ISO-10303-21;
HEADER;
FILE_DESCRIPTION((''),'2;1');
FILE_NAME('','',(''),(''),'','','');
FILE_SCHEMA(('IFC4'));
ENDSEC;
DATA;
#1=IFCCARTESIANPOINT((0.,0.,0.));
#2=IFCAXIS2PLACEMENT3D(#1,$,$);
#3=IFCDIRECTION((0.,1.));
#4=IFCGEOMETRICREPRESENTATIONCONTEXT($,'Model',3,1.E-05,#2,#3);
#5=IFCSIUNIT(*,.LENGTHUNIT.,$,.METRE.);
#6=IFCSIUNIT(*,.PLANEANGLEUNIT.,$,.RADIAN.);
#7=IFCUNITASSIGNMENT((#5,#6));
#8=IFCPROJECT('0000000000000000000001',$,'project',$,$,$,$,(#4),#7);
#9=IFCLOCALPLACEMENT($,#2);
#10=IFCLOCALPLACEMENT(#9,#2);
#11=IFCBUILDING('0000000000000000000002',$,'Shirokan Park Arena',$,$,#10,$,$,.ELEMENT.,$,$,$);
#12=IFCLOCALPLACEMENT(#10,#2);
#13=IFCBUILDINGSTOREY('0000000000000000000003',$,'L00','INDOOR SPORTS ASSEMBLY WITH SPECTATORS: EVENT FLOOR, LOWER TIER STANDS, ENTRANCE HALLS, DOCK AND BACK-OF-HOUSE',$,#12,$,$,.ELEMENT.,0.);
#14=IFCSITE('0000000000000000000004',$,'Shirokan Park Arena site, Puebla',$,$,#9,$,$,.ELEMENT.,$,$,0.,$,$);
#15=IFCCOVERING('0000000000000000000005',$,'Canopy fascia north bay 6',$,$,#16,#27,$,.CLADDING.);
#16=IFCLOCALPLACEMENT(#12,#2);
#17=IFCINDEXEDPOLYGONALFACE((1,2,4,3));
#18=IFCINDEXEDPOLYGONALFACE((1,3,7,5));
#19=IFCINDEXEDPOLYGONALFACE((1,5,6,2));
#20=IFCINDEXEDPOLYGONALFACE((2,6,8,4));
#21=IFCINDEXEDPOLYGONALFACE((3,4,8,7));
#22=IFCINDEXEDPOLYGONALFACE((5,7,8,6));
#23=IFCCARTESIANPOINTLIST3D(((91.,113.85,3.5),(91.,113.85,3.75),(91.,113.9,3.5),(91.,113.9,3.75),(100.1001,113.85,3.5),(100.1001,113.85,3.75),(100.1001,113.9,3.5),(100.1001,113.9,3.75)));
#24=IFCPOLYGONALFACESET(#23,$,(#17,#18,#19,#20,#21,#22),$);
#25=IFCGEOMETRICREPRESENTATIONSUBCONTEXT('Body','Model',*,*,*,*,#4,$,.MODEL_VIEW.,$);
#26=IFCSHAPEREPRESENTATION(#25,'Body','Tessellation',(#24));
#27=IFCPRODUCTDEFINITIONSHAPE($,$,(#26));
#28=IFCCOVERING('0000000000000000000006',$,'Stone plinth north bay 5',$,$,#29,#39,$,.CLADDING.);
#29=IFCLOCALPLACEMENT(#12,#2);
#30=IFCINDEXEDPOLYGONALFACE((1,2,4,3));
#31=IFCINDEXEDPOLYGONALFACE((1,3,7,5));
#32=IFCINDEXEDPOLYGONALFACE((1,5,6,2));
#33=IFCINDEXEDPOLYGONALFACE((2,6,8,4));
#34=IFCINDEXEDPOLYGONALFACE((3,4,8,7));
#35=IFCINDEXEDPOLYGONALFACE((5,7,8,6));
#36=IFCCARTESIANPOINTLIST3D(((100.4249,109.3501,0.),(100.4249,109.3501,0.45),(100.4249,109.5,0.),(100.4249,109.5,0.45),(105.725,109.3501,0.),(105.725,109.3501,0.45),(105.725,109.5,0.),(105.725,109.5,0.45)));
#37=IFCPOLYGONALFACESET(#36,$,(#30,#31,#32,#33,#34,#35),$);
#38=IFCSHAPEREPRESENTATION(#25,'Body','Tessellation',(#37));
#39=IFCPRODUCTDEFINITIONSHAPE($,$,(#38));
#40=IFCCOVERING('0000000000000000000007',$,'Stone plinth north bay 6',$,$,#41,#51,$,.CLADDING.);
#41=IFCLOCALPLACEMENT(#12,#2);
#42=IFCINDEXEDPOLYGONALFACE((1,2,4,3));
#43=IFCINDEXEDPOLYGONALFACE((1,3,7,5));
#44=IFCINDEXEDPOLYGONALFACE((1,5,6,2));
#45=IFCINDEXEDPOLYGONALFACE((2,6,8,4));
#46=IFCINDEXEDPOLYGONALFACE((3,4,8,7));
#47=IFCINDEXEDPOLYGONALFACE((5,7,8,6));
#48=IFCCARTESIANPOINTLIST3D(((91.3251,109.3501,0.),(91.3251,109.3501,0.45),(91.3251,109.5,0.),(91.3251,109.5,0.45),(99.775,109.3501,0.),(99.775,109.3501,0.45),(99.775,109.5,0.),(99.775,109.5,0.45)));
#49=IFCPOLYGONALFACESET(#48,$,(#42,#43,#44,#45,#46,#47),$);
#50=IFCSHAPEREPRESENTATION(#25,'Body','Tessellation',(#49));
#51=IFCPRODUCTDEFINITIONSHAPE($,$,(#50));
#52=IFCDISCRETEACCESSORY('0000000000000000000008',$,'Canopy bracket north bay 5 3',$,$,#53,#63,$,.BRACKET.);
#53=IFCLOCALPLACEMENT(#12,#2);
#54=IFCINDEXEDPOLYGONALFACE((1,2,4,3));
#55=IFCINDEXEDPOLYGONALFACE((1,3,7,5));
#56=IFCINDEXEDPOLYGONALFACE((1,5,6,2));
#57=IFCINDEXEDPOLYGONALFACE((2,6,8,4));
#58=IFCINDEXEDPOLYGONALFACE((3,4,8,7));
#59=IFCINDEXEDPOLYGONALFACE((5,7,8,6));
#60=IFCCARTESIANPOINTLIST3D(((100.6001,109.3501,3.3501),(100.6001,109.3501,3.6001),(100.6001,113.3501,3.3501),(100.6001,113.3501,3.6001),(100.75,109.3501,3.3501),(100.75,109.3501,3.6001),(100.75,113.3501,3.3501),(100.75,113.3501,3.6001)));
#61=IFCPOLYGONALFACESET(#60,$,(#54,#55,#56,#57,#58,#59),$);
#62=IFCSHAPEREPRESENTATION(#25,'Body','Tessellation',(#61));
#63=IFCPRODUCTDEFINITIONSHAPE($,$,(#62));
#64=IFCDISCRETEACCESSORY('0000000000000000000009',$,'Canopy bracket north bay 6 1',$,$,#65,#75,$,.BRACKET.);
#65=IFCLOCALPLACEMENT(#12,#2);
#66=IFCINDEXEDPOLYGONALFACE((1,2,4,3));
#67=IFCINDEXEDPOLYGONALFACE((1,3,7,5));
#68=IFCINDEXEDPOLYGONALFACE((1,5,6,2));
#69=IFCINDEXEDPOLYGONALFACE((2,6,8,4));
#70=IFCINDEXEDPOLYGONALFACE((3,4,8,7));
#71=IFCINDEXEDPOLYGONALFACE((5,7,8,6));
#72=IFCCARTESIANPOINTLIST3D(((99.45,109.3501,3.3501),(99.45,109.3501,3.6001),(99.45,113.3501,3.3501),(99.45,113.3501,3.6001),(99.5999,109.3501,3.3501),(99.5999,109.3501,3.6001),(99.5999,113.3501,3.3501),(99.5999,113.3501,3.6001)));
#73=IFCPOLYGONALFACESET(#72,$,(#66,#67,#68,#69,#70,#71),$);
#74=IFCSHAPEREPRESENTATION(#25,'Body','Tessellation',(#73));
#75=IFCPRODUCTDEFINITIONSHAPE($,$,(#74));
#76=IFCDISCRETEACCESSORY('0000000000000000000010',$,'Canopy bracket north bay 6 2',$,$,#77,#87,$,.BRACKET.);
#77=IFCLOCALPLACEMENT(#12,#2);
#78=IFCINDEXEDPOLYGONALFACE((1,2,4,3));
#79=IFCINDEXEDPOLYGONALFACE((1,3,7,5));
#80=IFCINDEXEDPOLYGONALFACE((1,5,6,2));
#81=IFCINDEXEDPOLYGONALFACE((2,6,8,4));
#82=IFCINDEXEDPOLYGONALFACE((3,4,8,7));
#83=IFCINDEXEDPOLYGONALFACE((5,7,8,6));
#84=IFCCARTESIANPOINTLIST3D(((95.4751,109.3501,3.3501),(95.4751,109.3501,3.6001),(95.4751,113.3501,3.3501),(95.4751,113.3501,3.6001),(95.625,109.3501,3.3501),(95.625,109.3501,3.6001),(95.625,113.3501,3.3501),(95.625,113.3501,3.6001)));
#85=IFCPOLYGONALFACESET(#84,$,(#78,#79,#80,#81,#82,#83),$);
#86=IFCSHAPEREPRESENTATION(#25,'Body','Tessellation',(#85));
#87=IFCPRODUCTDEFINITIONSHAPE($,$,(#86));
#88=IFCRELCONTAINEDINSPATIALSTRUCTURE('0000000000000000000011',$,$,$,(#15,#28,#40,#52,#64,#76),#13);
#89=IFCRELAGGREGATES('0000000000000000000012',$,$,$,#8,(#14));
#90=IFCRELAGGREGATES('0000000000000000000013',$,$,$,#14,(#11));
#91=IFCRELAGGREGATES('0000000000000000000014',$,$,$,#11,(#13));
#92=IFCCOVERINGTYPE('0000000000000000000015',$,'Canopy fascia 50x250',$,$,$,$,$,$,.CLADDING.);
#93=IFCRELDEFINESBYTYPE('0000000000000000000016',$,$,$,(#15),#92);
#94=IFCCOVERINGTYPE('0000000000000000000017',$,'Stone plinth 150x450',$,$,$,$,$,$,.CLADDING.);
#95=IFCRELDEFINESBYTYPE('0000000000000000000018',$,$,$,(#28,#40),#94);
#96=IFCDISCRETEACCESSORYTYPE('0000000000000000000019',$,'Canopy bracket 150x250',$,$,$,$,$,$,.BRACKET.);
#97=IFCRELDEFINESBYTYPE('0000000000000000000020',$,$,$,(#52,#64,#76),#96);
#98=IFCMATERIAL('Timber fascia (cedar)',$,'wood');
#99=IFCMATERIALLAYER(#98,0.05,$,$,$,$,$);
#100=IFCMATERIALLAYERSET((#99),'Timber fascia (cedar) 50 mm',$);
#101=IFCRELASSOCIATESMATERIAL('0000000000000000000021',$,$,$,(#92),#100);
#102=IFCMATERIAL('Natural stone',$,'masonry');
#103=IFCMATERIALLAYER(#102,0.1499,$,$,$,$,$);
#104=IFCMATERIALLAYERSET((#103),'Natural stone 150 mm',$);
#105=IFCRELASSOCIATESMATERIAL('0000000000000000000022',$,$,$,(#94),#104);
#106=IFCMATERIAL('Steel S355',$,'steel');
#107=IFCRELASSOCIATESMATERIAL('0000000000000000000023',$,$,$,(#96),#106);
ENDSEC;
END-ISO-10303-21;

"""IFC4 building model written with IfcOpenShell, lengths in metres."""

from ifc_helpers import new_model, si_unit, direction, frame, origin, origin_2d, place, context, subcontext, project, spatial, rectangle, extrude, material, layer, layer_set, type_object, element, save


model = new_model("IFC4")

# Units and contexts
model_context = context("Model", 3, precision=1e-05, world=origin(), true_north=direction((0.0, 1.0)))
body_context = subcontext(model_context, "Body", "Model", "MODEL_VIEW")
ifc_project = project(units=[si_unit("LENGTHUNIT", "METRE"), si_unit("PLANEANGLEUNIT", "RADIAN")], contexts=[model_context])

# Site, building, storey
site_placement = place(None, origin())
site = spatial("IfcSite", under=ifc_project, at=site_placement, Name="Shirokan Park Arena site, Puebla", CompositionType="ELEMENT", RefElevation=0.0)
building_placement = place(site_placement, origin())
building = spatial("IfcBuilding", under=site, at=building_placement, Name="Shirokan Park Arena", CompositionType="ELEMENT")
storey_placement = place(building_placement, origin())
storey = spatial("IfcBuildingStorey", under=building, at=storey_placement, Name="L00", Description="INDOOR SPORTS ASSEMBLY WITH SPECTATORS: EVENT FLOOR, LOWER TIER STANDS, ENTRANCE HALLS, DOCK AND BACK-OF-HOUSE", CompositionType="ELEMENT", Elevation=0.0)

# Shared definitions
ifc_material_1 = material(Name="Steel S355", Category="steel")

# Coverings
ifc_material_2 = material(Name="Timber fascia (cedar)", Category="wood")
ifc_layer_1 = layer(ifc_material_2, 0.05)
ifc_layer_set_1 = layer_set([ifc_layer_1], Name="Timber fascia (cedar) 50 mm")
covering_type_1 = type_object("IfcCoveringType", Name="Canopy fascia 50x250", PredefinedType="CLADDING", material=ifc_layer_set_1)
covering_1_placement = place(storey_placement, frame((95.55, 113.875, 3.5), z_axis=(0.0, 0.0, 1.0), x_axis=(-1.0, 0.0, 0.0)))
element("IfcCovering", 1, at=covering_1_placement, inside=storey, type_object=covering_type_1, Name="Canopy fascia north bay 6", PredefinedType="CLADDING", context=body_context, shape_type="SweptSolid", body=[
    extrude(rectangle(XDim=9.1001, YDim=0.05, at=origin_2d()), origin(), (0.0, 0.0, 1.0), 0.25),
])
ifc_material_3 = material(Name="Natural stone", Category="masonry")
ifc_layer_2 = layer(ifc_material_3, 0.1499)
ifc_layer_set_2 = layer_set([ifc_layer_2], Name="Natural stone 150 mm")
covering_type_2 = type_object("IfcCoveringType", Name="Stone plinth 150x450", PredefinedType="CLADDING", material=ifc_layer_set_2)
covering_2_placement = place(storey_placement, frame((103.075, 109.425, 0.0), z_axis=(0.0, 0.0, 1.0), x_axis=(-1.0, 0.0, 0.0)))
element("IfcCovering", 2, at=covering_2_placement, inside=storey, type_object=covering_type_2, Name="Stone plinth north bay 5", PredefinedType="CLADDING", context=body_context, shape_type="SweptSolid", body=[
    extrude(rectangle(XDim=5.3, YDim=0.1499, at=origin_2d()), origin(), (0.0, 0.0, 1.0), 0.45),
])
covering_3_placement = place(storey_placement, frame((95.55, 109.425, 0.0), z_axis=(0.0, 0.0, 1.0), x_axis=(-1.0, 0.0, 0.0)))
element("IfcCovering", 3, at=covering_3_placement, inside=storey, type_object=covering_type_2, Name="Stone plinth north bay 6", PredefinedType="CLADDING", context=body_context, shape_type="SweptSolid", body=[
    extrude(rectangle(XDim=8.45, YDim=0.1499, at=origin_2d()), origin(), (0.0, 0.0, 1.0), 0.45),
])

# Discrete accessories
discrete_accessory_type = type_object("IfcDiscreteAccessoryType", Name="Canopy bracket 150x250", PredefinedType="BRACKET", material=ifc_material_1)
for number, where, z_axis, x_axis, name in (
    (4, (100.675, 111.3501, 3.3501), (0.0, 0.0, 1.0), (-1.0, 0.0, 0.0), "Canopy bracket north bay 5 3"),
    (5, (99.5249, 111.3501, 3.3501), (0.0, 0.0, 1.0), (-1.0, 0.0, 0.0), "Canopy bracket north bay 6 1"),
    (6, (95.55, 111.3501, 3.3501), (0.0, 0.0, 1.0), (-1.0, 0.0, 0.0), "Canopy bracket north bay 6 2"),
):
    element("IfcDiscreteAccessory", number, at=place(storey_placement, frame(where, z_axis=z_axis, x_axis=x_axis)), inside=storey, type_object=discrete_accessory_type, Name=name, PredefinedType="BRACKET", context=body_context, shape_type="SweptSolid", body=[
        extrude(rectangle(XDim=0.1499, YDim=4.0, at=origin_2d()), origin(), (0.0, 0.0, 1.0), 0.25),
    ])

save(model, "model.ifc")
